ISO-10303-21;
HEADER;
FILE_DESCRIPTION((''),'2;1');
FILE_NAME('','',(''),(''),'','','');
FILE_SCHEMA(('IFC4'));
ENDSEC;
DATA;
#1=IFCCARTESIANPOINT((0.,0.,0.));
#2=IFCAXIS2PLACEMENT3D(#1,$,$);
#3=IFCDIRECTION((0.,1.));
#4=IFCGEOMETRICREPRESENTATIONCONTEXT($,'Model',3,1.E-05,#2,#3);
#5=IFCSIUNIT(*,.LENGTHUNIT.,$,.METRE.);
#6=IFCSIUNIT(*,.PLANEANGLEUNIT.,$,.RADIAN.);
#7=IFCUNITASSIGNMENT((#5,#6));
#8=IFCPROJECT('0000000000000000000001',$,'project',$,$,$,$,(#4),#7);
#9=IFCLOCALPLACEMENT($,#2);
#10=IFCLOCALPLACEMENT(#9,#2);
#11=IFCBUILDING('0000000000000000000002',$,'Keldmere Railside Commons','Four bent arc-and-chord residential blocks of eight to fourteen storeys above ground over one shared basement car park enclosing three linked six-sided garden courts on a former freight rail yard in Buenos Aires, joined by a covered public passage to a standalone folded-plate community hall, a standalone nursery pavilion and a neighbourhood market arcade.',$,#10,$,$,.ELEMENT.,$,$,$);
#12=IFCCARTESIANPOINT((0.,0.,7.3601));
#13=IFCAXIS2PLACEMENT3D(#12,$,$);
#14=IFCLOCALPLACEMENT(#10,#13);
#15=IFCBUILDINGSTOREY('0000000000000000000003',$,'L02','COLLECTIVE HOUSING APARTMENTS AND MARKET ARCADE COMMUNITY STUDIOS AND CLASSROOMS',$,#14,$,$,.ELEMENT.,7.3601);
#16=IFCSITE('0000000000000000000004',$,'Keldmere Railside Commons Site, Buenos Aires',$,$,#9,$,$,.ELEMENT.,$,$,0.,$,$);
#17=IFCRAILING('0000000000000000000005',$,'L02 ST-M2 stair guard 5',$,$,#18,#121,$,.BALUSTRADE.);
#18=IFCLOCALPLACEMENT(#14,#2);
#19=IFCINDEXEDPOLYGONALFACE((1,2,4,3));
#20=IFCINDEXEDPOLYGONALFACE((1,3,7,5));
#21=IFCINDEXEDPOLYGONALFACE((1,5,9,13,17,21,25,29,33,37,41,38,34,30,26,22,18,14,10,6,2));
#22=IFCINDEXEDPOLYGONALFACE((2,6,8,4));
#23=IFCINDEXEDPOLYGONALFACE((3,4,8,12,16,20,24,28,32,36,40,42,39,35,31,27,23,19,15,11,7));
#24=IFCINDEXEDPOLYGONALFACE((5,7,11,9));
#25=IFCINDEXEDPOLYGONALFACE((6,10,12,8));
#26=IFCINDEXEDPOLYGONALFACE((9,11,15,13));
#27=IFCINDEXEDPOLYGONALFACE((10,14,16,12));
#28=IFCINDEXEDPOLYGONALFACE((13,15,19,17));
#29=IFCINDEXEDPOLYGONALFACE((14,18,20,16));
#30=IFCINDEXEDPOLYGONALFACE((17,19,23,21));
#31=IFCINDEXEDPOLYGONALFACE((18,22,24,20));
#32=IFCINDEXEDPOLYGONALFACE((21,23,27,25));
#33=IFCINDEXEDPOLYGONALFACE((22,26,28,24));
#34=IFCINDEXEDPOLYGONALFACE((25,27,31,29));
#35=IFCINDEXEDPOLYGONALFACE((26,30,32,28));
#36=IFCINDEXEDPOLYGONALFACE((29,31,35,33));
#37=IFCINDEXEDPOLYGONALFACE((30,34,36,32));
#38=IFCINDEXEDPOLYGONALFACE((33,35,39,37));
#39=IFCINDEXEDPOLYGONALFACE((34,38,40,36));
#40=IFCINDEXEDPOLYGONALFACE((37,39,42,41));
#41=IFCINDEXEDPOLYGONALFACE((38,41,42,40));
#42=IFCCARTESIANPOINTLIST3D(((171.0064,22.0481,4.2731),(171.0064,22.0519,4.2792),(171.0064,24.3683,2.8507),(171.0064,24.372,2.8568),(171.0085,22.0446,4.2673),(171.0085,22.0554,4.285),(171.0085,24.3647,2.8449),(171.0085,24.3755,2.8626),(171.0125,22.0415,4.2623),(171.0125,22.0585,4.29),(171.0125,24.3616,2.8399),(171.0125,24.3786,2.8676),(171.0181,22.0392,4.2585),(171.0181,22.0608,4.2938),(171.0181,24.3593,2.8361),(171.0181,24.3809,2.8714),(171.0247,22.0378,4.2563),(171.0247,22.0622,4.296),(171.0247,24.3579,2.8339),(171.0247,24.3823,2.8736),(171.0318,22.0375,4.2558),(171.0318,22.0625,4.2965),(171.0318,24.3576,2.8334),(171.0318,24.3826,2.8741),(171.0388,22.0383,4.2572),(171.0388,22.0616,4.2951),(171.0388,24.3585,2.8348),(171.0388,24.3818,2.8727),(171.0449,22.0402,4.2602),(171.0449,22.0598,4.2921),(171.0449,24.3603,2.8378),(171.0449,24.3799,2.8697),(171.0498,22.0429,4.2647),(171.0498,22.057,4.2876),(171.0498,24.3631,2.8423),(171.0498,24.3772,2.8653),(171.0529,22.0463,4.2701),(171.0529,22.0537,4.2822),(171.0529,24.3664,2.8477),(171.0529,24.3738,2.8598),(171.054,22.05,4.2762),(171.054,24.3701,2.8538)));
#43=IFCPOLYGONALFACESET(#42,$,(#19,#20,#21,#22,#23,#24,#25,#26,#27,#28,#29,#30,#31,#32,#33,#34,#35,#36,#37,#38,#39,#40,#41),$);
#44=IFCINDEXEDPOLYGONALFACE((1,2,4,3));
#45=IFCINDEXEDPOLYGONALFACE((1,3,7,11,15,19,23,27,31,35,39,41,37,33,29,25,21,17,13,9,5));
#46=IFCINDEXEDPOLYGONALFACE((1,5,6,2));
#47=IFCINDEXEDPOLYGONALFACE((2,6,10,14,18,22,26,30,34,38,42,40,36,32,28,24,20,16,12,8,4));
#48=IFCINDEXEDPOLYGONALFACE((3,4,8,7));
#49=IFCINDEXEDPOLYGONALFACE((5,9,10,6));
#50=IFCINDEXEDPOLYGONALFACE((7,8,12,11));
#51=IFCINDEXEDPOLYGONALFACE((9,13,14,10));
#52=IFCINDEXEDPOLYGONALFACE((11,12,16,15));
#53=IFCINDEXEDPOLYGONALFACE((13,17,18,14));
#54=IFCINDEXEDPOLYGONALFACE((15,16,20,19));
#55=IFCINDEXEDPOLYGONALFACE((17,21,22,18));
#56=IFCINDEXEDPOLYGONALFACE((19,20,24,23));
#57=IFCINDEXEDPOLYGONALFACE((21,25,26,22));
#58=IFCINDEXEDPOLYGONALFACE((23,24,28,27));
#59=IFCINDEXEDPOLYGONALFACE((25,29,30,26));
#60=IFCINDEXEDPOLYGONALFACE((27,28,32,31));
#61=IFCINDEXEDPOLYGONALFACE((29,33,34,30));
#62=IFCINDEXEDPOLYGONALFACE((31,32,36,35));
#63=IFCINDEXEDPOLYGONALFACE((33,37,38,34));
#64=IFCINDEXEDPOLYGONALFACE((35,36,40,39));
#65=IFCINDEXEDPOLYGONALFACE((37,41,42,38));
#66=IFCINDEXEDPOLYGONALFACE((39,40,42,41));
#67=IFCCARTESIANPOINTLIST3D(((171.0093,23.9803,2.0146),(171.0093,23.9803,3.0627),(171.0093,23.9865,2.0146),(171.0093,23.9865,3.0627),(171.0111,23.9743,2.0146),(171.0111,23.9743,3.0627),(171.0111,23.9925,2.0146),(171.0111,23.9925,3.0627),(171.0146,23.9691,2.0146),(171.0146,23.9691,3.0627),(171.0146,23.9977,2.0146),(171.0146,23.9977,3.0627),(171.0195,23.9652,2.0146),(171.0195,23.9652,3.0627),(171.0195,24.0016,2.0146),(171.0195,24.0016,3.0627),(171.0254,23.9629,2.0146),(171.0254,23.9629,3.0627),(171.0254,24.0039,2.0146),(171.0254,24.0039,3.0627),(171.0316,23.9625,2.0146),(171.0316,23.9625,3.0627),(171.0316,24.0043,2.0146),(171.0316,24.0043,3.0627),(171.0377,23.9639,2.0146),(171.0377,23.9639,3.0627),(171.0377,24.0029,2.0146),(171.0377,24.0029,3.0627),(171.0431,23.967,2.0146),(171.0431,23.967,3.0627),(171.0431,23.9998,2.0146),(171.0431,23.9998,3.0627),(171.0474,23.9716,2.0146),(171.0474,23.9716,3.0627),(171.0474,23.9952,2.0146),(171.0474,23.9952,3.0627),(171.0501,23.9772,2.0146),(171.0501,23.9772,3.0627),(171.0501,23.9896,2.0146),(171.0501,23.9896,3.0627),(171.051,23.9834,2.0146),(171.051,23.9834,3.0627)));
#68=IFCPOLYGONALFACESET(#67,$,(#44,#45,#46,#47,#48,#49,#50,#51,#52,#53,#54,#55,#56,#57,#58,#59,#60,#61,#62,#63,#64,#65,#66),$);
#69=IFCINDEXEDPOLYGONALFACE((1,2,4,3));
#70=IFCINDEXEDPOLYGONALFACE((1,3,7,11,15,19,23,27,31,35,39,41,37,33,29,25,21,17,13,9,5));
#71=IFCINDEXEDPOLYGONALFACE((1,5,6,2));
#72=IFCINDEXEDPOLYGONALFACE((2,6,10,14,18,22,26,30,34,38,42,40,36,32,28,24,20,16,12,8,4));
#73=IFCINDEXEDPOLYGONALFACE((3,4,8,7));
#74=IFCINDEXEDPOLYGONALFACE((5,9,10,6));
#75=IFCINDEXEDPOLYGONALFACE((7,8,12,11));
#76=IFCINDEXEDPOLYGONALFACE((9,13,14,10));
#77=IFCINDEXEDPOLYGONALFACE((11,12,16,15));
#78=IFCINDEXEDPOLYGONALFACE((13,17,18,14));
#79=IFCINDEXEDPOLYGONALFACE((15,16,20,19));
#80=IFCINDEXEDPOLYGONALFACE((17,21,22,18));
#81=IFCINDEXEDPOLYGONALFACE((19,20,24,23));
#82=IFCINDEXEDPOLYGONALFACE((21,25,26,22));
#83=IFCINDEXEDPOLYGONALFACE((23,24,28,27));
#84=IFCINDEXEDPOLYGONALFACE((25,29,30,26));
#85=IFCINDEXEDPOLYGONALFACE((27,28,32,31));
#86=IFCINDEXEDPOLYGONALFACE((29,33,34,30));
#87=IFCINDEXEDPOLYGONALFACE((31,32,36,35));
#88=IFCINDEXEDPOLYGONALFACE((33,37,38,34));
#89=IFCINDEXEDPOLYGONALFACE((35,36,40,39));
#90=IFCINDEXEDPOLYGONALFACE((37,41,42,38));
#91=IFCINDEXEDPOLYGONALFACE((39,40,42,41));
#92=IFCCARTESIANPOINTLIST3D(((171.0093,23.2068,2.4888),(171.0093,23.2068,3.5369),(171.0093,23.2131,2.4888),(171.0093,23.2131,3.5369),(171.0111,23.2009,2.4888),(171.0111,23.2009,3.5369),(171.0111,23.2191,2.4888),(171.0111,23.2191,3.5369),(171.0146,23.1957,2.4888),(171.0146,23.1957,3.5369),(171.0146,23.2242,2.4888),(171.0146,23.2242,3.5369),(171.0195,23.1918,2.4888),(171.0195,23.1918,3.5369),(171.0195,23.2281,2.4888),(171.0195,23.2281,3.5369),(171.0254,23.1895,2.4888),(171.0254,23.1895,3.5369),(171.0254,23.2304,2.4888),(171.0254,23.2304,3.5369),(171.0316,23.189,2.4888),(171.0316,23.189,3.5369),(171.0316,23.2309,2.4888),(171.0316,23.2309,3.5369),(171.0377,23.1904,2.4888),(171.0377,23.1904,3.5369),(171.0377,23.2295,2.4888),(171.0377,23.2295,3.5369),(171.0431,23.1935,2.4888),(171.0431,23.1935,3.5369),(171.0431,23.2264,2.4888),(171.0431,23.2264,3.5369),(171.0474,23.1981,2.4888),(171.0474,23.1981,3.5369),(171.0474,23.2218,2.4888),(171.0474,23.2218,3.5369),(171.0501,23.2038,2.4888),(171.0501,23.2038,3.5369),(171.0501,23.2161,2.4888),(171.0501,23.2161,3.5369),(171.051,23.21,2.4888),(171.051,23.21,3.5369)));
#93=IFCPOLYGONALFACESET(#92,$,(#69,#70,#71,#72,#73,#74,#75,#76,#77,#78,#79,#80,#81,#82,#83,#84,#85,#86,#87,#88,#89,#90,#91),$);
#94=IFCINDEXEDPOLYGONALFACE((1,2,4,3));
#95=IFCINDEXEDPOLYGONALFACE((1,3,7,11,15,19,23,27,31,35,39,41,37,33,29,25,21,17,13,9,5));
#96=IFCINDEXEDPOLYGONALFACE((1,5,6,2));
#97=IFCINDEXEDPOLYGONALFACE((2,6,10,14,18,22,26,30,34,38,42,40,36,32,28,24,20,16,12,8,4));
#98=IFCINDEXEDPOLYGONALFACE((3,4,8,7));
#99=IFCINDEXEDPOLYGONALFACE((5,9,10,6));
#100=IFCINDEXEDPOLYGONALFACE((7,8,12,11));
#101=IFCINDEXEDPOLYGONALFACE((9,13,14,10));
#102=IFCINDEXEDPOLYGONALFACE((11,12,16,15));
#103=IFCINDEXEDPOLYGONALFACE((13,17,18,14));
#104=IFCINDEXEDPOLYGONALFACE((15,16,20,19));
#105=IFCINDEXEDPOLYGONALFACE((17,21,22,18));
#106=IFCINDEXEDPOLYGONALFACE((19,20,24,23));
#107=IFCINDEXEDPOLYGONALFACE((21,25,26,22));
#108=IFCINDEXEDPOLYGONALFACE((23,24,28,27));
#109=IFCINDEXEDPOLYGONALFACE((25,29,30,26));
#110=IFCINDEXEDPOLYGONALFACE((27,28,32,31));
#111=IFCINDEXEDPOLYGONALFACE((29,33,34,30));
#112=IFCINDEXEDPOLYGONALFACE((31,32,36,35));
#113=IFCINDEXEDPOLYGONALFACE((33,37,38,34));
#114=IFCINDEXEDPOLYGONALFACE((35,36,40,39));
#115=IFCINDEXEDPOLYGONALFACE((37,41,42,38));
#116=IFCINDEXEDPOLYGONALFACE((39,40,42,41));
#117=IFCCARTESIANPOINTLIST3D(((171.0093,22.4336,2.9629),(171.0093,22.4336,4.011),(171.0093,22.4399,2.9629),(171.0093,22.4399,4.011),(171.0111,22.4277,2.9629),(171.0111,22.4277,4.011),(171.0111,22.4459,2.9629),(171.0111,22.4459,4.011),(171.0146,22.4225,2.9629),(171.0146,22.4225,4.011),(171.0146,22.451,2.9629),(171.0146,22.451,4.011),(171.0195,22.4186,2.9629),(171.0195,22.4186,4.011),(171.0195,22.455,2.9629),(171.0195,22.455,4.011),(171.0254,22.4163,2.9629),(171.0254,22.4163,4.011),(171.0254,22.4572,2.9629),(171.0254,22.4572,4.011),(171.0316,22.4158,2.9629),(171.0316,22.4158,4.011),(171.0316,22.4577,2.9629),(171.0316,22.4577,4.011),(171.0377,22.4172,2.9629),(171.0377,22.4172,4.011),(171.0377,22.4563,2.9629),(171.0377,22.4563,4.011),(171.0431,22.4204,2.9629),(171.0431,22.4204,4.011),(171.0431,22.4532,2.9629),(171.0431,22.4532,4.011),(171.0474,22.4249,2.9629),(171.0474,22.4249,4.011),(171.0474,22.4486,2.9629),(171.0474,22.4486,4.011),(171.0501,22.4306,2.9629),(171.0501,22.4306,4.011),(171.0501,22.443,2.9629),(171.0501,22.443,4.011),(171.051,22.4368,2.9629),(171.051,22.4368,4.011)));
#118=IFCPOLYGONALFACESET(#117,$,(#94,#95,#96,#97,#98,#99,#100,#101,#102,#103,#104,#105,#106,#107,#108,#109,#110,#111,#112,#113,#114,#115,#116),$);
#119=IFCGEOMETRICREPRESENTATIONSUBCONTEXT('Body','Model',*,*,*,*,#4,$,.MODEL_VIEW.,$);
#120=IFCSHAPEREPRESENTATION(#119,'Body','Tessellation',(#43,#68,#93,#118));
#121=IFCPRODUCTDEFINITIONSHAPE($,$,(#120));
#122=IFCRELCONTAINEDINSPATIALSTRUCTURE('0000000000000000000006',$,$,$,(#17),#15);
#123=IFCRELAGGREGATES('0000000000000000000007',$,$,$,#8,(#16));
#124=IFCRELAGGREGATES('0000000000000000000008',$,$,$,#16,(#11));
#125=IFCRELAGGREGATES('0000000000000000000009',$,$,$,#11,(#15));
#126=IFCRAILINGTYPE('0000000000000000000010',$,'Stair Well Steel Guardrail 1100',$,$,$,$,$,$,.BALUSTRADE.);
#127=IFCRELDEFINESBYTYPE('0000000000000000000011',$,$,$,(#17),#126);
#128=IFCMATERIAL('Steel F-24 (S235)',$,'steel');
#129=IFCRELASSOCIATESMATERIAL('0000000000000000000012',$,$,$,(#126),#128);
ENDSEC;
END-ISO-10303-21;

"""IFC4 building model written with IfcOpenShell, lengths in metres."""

from ifc_helpers import new_model, si_unit, direction, frame, origin, origin_2d, place, context, subcontext, project, spatial, circle, extrude, material, type_object, element, save


model = new_model("IFC4")

# Units and contexts
model_context = context("Model", 3, precision=1e-05, world=origin(), true_north=direction((0.0, 1.0)))
body_context = subcontext(model_context, "Body", "Model", "MODEL_VIEW")
ifc_project = project(units=[si_unit("LENGTHUNIT", "METRE"), si_unit("PLANEANGLEUNIT", "RADIAN")], contexts=[model_context])

# Site, building, storey
site_placement = place(None, origin())
site = spatial("IfcSite", under=ifc_project, at=site_placement, Name="Keldmere Railside Commons Site, Buenos Aires", CompositionType="ELEMENT", RefElevation=0.0)
building_placement = place(site_placement, origin())
building = spatial("IfcBuilding", under=site, at=building_placement, Name="Keldmere Railside Commons", Description="Four bent arc-and-chord residential blocks of eight to fourteen storeys above ground over one shared basement car park enclosing three linked six-sided garden courts on a former freight rail yard in Buenos Aires, joined by a covered public passage to a standalone folded-plate community hall, a standalone nursery pavilion and a neighbourhood market arcade.", CompositionType="ELEMENT")
storey_placement = place(building_placement, frame((0.0, 0.0, 7.3601)))
storey = spatial("IfcBuildingStorey", under=building, at=storey_placement, Name="L02", Description="COLLECTIVE HOUSING APARTMENTS AND MARKET ARCADE COMMUNITY STUDIOS AND CLASSROOMS", CompositionType="ELEMENT", Elevation=7.3601)

# Shared definitions
ifc_material_1 = material(Name="Steel F-24 (S235)", Category="steel")

# Railing
railing_type_1 = type_object("IfcRailingType", Name="Stair Well Steel Guardrail 1100", PredefinedType="BALUSTRADE", material=ifc_material_1)
railing_1_placement = place(storey_placement, frame((171.03, 24.3701, 1.7776)))
element("IfcRailing", 1, at=railing_1_placement, inside=storey, type_object=railing_type_1, Name="L02 ST-M2 stair guard 5", PredefinedType="BALUSTRADE", context=body_context, shape_type="SweptSolid", body=[
    extrude(circle(Radius=0.0239, at=origin_2d()), frame((0.0, 0.0, 1.0762), z_axis=(0.0, -0.852538, 0.522665), x_axis=(1.0, 0.0, 0.0)), (0.0, 0.0, 1.0), 2.7214),
    extrude(circle(Radius=0.021, at=origin_2d()), frame((0.0, -0.3867, 0.2371)), (0.0, 0.0, 1.0), 1.0481),
    extrude(circle(Radius=0.021, at=origin_2d()), frame((0.0, -1.1602, 0.7112)), (0.0, 0.0, 1.0), 1.0481),
    extrude(circle(Radius=0.021, at=origin_2d()), frame((0.0, -1.9333, 1.1853)), (0.0, 0.0, 1.0), 1.0481),
])

save(model, "model.ifc")
